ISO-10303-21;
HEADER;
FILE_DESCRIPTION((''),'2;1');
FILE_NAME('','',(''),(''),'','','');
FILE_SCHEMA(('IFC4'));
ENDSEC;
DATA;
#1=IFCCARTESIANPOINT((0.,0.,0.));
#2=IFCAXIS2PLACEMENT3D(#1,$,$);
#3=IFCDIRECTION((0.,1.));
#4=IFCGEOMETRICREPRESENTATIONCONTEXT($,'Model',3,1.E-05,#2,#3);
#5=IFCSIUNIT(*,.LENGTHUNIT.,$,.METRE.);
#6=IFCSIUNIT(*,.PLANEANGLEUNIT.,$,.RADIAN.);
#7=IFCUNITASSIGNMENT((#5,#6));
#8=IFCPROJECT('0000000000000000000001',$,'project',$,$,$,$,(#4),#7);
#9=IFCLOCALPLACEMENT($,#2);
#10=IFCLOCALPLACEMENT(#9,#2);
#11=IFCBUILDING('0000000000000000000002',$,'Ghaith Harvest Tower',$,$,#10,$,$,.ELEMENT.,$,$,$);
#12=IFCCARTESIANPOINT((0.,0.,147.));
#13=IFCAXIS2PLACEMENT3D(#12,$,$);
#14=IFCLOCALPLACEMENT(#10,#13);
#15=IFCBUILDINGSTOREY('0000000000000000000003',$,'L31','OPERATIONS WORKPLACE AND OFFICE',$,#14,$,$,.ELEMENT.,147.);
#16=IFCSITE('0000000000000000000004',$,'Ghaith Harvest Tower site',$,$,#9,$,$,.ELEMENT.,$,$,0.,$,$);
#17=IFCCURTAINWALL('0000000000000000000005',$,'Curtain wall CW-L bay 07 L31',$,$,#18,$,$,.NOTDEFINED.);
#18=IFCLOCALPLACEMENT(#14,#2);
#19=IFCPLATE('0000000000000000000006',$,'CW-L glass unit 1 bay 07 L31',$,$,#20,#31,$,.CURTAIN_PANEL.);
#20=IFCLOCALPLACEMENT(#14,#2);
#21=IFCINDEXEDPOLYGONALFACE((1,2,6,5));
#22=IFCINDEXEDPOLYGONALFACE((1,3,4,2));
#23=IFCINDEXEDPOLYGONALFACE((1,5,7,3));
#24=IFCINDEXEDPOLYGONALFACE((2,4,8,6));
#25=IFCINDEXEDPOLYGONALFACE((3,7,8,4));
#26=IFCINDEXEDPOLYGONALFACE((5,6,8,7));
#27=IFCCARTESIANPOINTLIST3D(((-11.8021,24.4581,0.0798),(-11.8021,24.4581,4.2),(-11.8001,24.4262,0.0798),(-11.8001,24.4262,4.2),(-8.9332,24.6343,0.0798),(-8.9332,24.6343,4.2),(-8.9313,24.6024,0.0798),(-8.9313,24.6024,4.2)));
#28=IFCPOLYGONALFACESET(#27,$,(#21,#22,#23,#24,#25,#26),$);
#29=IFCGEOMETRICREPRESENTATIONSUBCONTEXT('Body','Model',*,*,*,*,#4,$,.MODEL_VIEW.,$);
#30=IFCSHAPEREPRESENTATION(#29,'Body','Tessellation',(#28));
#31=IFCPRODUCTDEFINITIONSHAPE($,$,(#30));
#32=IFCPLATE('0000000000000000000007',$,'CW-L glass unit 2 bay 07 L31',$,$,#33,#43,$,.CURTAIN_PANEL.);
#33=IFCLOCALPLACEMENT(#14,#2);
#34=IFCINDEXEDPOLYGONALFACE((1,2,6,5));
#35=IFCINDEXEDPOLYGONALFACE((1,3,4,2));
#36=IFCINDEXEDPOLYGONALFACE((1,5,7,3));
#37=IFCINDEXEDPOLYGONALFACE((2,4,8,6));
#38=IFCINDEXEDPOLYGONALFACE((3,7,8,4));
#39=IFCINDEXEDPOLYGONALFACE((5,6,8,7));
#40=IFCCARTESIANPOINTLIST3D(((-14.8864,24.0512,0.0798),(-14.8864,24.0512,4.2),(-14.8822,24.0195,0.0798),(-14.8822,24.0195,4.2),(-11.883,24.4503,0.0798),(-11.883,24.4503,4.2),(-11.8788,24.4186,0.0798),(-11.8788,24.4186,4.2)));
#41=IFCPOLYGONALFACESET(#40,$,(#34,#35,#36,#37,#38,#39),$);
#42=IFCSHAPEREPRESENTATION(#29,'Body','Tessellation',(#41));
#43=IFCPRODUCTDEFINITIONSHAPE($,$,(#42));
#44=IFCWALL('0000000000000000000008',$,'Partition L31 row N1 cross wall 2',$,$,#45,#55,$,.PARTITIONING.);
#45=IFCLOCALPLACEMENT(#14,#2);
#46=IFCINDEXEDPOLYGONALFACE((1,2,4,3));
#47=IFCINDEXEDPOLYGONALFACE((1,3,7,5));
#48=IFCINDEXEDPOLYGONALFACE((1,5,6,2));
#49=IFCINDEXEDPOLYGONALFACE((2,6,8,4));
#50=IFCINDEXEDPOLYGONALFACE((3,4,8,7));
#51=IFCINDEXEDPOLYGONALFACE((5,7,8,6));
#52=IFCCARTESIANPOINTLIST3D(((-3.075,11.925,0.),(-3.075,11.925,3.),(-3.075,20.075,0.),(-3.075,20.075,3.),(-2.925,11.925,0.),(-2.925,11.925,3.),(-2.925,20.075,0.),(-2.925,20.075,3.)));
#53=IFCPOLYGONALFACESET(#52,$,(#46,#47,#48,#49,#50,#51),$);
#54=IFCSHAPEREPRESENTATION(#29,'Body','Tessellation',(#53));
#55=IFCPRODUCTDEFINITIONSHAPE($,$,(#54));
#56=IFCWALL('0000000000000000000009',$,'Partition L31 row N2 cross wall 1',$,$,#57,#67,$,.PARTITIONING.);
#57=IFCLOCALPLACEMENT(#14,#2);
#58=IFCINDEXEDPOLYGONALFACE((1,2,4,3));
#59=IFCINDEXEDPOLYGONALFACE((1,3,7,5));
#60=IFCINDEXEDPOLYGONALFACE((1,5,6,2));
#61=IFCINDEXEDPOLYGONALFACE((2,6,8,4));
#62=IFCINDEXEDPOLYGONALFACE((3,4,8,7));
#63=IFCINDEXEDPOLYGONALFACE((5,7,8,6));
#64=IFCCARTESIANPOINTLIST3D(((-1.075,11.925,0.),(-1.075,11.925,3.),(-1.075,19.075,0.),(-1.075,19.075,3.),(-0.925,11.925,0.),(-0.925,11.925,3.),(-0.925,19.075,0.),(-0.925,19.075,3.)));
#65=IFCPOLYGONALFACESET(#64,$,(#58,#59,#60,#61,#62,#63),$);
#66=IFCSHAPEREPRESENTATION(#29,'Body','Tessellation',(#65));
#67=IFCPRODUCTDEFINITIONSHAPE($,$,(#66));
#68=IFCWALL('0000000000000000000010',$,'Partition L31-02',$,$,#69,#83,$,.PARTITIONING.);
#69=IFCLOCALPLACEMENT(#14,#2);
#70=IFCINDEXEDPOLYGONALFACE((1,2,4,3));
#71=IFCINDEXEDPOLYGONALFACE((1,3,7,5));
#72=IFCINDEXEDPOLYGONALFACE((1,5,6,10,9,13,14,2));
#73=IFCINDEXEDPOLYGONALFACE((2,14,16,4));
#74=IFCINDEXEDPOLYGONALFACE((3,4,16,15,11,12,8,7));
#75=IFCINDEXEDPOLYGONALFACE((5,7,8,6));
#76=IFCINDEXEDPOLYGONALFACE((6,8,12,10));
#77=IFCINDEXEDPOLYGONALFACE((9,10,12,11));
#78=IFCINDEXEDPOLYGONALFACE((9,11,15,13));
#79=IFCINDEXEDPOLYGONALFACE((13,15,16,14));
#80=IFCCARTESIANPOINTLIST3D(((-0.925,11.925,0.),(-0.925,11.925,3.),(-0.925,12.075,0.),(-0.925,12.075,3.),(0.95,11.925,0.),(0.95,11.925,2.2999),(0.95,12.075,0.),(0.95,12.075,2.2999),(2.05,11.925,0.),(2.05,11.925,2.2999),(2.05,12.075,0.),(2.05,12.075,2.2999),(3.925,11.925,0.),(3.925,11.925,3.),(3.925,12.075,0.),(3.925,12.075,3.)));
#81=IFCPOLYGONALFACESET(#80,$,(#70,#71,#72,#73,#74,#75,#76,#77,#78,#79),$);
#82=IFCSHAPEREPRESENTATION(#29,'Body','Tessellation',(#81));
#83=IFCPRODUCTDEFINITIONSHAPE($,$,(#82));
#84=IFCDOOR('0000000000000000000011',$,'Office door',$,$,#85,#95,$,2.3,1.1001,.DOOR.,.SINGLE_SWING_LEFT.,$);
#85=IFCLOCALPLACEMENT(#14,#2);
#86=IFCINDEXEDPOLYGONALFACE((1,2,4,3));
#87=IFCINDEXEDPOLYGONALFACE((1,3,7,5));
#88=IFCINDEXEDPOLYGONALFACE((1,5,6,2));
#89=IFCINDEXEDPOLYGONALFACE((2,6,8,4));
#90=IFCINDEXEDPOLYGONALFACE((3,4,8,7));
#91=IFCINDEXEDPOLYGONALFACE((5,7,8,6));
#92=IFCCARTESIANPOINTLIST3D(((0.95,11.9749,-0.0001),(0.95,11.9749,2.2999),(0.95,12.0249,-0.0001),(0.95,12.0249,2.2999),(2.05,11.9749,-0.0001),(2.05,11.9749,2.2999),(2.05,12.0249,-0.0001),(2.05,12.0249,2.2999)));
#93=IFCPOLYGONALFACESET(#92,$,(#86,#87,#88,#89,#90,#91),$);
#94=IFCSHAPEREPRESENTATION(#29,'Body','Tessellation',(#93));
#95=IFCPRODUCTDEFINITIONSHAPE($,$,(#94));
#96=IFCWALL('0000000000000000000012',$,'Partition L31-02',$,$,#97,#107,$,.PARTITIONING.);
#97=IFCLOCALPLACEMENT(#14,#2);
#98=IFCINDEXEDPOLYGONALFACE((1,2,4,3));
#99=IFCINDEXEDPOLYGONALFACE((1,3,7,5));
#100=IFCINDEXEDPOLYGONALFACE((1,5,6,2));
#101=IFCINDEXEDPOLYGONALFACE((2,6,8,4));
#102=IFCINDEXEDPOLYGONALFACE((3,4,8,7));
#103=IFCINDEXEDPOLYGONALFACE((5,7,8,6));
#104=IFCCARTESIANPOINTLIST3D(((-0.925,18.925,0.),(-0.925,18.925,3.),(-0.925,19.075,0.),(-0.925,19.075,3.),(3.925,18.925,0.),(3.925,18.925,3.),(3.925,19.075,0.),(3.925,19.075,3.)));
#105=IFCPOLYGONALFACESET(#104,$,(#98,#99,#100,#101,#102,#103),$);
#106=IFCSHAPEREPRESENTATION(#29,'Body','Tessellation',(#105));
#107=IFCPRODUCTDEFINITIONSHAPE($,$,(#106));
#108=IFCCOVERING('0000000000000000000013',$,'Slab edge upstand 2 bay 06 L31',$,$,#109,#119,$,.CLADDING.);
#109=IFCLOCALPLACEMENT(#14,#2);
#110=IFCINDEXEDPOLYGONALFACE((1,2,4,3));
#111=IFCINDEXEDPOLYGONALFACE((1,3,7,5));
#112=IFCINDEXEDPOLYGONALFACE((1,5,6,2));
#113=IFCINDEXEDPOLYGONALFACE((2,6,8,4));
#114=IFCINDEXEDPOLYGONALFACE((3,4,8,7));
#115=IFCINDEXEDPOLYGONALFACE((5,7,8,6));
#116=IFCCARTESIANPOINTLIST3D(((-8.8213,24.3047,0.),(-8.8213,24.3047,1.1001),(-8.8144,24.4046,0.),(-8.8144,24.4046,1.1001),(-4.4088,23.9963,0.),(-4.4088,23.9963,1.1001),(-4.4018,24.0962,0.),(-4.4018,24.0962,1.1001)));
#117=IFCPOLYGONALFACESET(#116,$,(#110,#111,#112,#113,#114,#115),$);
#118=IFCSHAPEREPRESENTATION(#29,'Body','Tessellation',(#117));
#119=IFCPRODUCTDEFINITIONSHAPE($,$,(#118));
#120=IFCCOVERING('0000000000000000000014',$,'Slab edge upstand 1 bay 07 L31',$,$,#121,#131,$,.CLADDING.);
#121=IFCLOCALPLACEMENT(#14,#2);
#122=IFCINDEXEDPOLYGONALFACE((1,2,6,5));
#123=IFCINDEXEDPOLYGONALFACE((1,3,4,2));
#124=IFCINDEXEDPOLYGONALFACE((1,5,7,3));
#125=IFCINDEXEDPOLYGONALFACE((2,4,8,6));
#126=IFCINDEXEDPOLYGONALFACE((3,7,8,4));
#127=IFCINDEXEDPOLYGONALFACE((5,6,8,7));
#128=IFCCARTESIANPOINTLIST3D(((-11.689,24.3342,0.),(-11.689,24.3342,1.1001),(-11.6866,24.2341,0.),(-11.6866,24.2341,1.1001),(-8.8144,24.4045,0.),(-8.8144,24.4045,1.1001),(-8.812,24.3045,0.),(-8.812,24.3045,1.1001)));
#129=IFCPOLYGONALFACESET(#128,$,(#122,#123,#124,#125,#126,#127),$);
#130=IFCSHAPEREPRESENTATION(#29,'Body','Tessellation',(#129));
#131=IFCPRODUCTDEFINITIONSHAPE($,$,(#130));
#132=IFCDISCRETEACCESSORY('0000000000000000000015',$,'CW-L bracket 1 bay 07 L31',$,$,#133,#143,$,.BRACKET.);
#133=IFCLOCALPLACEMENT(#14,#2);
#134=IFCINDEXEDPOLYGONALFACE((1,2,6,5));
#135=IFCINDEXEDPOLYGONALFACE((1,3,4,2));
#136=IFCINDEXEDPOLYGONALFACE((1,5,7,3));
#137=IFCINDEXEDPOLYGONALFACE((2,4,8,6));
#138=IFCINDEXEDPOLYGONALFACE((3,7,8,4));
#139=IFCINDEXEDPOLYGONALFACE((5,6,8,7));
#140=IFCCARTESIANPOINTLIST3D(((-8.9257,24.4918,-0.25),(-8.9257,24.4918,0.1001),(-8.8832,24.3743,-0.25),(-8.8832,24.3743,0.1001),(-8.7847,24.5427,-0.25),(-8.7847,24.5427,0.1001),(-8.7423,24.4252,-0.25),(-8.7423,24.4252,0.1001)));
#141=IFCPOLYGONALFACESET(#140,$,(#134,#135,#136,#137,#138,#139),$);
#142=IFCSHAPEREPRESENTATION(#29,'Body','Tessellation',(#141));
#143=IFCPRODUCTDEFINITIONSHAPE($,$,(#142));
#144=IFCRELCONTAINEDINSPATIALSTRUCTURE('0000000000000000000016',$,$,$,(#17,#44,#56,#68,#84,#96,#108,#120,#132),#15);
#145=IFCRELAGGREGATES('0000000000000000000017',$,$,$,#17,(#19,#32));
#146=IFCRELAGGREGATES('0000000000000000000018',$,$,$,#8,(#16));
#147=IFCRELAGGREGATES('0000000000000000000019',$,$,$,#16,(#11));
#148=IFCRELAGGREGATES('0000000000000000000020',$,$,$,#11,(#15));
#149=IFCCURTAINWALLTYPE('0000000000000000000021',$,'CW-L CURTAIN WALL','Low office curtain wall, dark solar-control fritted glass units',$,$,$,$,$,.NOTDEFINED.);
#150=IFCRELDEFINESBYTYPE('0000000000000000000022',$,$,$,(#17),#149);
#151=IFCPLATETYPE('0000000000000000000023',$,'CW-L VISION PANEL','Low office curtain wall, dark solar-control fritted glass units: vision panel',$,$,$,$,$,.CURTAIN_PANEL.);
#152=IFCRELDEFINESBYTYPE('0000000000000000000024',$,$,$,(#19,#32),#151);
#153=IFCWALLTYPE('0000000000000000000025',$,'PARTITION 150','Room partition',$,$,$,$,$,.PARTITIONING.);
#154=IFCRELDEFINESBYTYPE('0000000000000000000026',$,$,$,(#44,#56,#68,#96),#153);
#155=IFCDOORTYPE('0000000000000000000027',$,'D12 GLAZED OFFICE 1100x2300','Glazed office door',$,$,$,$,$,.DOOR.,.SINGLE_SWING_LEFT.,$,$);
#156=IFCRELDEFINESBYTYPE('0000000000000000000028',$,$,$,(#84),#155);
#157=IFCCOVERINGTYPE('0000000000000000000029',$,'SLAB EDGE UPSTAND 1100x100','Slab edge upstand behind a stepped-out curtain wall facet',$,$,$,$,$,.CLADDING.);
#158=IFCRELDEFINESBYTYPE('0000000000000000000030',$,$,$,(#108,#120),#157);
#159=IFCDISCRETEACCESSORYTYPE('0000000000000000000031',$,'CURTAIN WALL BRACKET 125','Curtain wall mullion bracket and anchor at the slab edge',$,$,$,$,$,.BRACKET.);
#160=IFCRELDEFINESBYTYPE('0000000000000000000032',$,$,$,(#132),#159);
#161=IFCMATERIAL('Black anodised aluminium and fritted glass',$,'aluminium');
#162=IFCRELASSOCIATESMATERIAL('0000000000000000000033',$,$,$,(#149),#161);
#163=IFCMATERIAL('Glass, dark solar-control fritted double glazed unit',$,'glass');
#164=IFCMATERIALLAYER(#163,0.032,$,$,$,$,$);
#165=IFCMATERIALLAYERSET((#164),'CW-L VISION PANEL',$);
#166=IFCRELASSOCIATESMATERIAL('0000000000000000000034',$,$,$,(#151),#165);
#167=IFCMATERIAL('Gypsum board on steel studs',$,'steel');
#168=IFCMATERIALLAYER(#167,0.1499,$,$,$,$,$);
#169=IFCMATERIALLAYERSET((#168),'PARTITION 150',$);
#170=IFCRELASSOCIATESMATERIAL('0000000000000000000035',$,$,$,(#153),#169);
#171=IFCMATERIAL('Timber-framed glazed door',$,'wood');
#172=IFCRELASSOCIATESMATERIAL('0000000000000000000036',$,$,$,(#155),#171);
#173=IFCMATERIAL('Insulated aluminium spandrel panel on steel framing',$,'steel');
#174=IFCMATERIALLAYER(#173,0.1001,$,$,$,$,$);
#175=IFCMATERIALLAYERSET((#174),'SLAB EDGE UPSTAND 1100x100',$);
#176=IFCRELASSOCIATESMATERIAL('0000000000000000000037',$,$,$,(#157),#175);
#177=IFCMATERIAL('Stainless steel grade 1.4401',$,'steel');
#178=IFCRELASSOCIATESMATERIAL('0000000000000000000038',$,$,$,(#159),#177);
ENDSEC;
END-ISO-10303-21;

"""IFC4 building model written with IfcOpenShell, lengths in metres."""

from ifc_helpers import new_model, si_unit, direction, frame, frame_2d, origin, origin_2d, place, context, subcontext, project, spatial, rectangle, extrude, material, layer, layer_set, type_object, element, fill, aggregate, save


model = new_model("IFC4")

# Units and contexts
model_context = context("Model", 3, precision=1e-05, world=origin(), true_north=direction((0.0, 1.0)))
body_context = subcontext(model_context, "Body", "Model", "MODEL_VIEW")
ifc_project = project(units=[si_unit("LENGTHUNIT", "METRE"), si_unit("PLANEANGLEUNIT", "RADIAN")], contexts=[model_context])

# Site, building, storey
site_placement = place(None, origin())
site = spatial("IfcSite", under=ifc_project, at=site_placement, Name="Ghaith Harvest Tower site", CompositionType="ELEMENT", RefElevation=0.0)
building_placement = place(site_placement, origin())
building = spatial("IfcBuilding", under=site, at=building_placement, Name="Ghaith Harvest Tower", CompositionType="ELEMENT")
storey_placement = place(building_placement, frame((0.0, 0.0, 147.0)))
storey = spatial("IfcBuildingStorey", under=building, at=storey_placement, Name="L31", Description="OPERATIONS WORKPLACE AND OFFICE", CompositionType="ELEMENT", Elevation=147.0)

# Curtain wall
ifc_material_1 = material(Name="Black anodised aluminium and fritted glass", Category="aluminium")
curtain_wall_type = type_object("IfcCurtainWallType", Name="CW-L CURTAIN WALL", Description="Low office curtain wall, dark solar-control fritted glass units", PredefinedType="NOTDEFINED", material=ifc_material_1)
curtain_wall_1_placement = place(storey_placement, origin())
curtain_wall_1 = element("IfcCurtainWall", 1, at=curtain_wall_1_placement, inside=storey, type_object=curtain_wall_type, Name="Curtain wall CW-L bay 07 L31", PredefinedType="NOTDEFINED")

# Plates
ifc_material_2 = material(Name="Glass, dark solar-control fritted double glazed unit", Category="glass")
ifc_layer_1 = layer(ifc_material_2, 0.032)
ifc_layer_set_1 = layer_set([ifc_layer_1], Name="CW-L VISION PANEL")
plate_type = type_object("IfcPlateType", Name="CW-L VISION PANEL", Description="Low office curtain wall, dark solar-control fritted glass units: vision panel", PredefinedType="CURTAIN_PANEL", material=ifc_layer_set_1)
plate_1_placement = place(storey_placement, frame((-10.3667, 24.5303, 0.0798), z_axis=(0.0, 0.0, 1.0), x_axis=(-0.998119, -0.061303, 0.0)))
plate_1 = element("IfcPlate", 2, at=plate_1_placement, type_object=plate_type, Name="CW-L glass unit 1 bay 07 L31", PredefinedType="CURTAIN_PANEL", context=body_context, shape_type="SweptSolid", body=[
    extrude(rectangle(XDim=2.8743, YDim=0.032, at=origin_2d()), origin(), (0.0, 0.0, 1.0), 4.1201),
])
plate_2_placement = place(storey_placement, frame((-13.3826, 24.2349, 0.0798), z_axis=(0.0, 0.0, 1.0), x_axis=(-0.991286, -0.131728, 0.0)))
plate_2 = element("IfcPlate", 3, at=plate_2_placement, type_object=plate_type, Name="CW-L glass unit 2 bay 07 L31", PredefinedType="CURTAIN_PANEL", context=body_context, shape_type="SweptSolid", body=[
    extrude(rectangle(XDim=3.0298, YDim=0.032, at=origin_2d()), origin(), (0.0, 0.0, 1.0), 4.1201),
])
aggregate(curtain_wall_1, [plate_1, plate_2])

# Walls
ifc_material_3 = material(Name="Gypsum board on steel studs", Category="steel")
ifc_layer_2 = layer(ifc_material_3, 0.1499)
ifc_layer_set_2 = layer_set([ifc_layer_2], Name="PARTITION 150")
wall_type = type_object("IfcWallType", Name="PARTITION 150", Description="Room partition", PredefinedType="PARTITIONING", material=ifc_layer_set_2)
wall_1_placement = place(storey_placement, frame((-3.0, 11.925, 0.0), z_axis=(0.0, 0.0, 1.0), x_axis=(0.0, 1.0, 0.0)))
element("IfcWall", 4, at=wall_1_placement, inside=storey, type_object=wall_type, Name="Partition L31 row N1 cross wall 2", PredefinedType="PARTITIONING", context=body_context, shape_type="SweptSolid", body=[
    extrude(rectangle(XDim=8.1499, YDim=0.1499, at=frame_2d((4.075, 0.0))), origin(), (0.0, 0.0, 1.0), 3.0),
])
wall_2_placement = place(storey_placement, frame((-1.0, 11.925, 0.0), z_axis=(0.0, 0.0, 1.0), x_axis=(0.0, 1.0, 0.0)))
element("IfcWall", 5, at=wall_2_placement, inside=storey, type_object=wall_type, Name="Partition L31 row N2 cross wall 1", PredefinedType="PARTITIONING", context=body_context, shape_type="SweptSolid", body=[
    extrude(rectangle(XDim=7.1499, YDim=0.1499, at=frame_2d((3.575, 0.0))), origin(), (0.0, 0.0, 1.0), 3.0),
])

# Wall, opening, door
wall_3_placement = place(storey_placement, frame((-0.925, 12.0, 0.0), z_axis=(0.0, 0.0, 1.0), x_axis=(1.0, 0.0, 0.0)))
wall_3 = element("IfcWall", 6, at=wall_3_placement, inside=storey, type_object=wall_type, Name="Partition L31-02", PredefinedType="PARTITIONING", context=body_context, shape_type="SweptSolid", body=[
    extrude(rectangle(XDim=4.8501, YDim=0.1499, at=frame_2d((2.425, 0.0))), origin(), (0.0, 0.0, 1.0), 3.0),
])
opening_placement = place(wall_3_placement, frame((1.875, 0.0, 0.0)))
opening = element("IfcOpeningElement", 7, at=opening_placement, cuts=wall_3, PredefinedType="OPENING", context=body_context, shape_type="SweptSolid", body=[
    extrude(rectangle(XDim=1.1001, YDim=2.3, at=frame_2d((0.55, 1.1499))), frame((0.0, 0.085, 0.0), z_axis=(0.0, -1.0, 0.0), x_axis=(1.0, 0.0, 0.0)), (0.0, 0.0, 1.0), 0.1699),
])
ifc_material_4 = material(Name="Timber-framed glazed door", Category="wood")
door_type = type_object("IfcDoorType", Name="D12 GLAZED OFFICE 1100x2300", Description="Glazed office door", OperationType="SINGLE_SWING_LEFT", PredefinedType="DOOR", material=ifc_material_4)
door_placement = place(opening_placement, origin())
door = element("IfcDoor", 8, at=door_placement, inside=storey, type_object=door_type, Name="Office door", OperationType="SINGLE_SWING_LEFT", OverallHeight=2.3, OverallWidth=1.1001, PredefinedType="DOOR", context=body_context, shape_type="SweptSolid", body=[
    extrude(rectangle(XDim=1.1001, YDim=2.3, at=frame_2d((0.55, 1.1499))), frame((0.0, 0.0249, 0.0), z_axis=(0.0, -1.0, 0.0), x_axis=(1.0, 0.0, 0.0)), (0.0, 0.0, 1.0), 0.05),
])
fill(opening, door)

# Wall
wall_4_placement = place(storey_placement, frame((-0.925, 19.0, 0.0), z_axis=(0.0, 0.0, 1.0), x_axis=(1.0, 0.0, 0.0)))
element("IfcWall", 9, at=wall_4_placement, inside=storey, type_object=wall_type, Name="Partition L31-02", PredefinedType="PARTITIONING", context=body_context, shape_type="SweptSolid", body=[
    extrude(rectangle(XDim=4.8501, YDim=0.1499, at=frame_2d((2.425, 0.0))), origin(), (0.0, 0.0, 1.0), 3.0),
])

# Coverings
ifc_material_5 = material(Name="Insulated aluminium spandrel panel on steel framing", Category="steel")
ifc_layer_3 = layer(ifc_material_5, 0.1001)
ifc_layer_set_3 = layer_set([ifc_layer_3], Name="SLAB EDGE UPSTAND 1100x100")
covering_type = type_object("IfcCoveringType", Name="SLAB EDGE UPSTAND 1100x100", Description="Slab edge upstand behind a stepped-out curtain wall facet", PredefinedType="CLADDING", material=ifc_layer_set_3)
covering_1_placement = place(storey_placement, frame((-6.6116, 24.2004, 0.0), z_axis=(0.0, 0.0, 1.0), x_axis=(-0.997566, 0.069726, 0.0)))
element("IfcCovering", 10, at=covering_1_placement, inside=storey, type_object=covering_type, Name="Slab edge upstand 2 bay 06 L31", PredefinedType="CLADDING", context=body_context, shape_type="SweptSolid", body=[
    extrude(rectangle(XDim=4.4233, YDim=0.1001, at=origin_2d()), origin(), (0.0, 0.0, 1.0), 1.1001),
])
covering_2_placement = place(storey_placement, frame((-10.2505, 24.3193, 0.0), z_axis=(0.0, 0.0, 1.0), x_axis=(-0.999701, -0.024458, 0.0)))
element("IfcCovering", 11, at=covering_2_placement, inside=storey, type_object=covering_type, Name="Slab edge upstand 1 bay 07 L31", PredefinedType="CLADDING", context=body_context, shape_type="SweptSolid", body=[
    extrude(rectangle(XDim=2.8755, YDim=0.1001, at=origin_2d()), origin(), (0.0, 0.0, 1.0), 1.1001),
])

# Discrete accessory
ifc_material_6 = material(Name="Stainless steel grade 1.4401", Category="steel")
discrete_accessory_type = type_object("IfcDiscreteAccessoryType", Name="CURTAIN WALL BRACKET 125", Description="Curtain wall mullion bracket and anchor at the slab edge", PredefinedType="BRACKET", material=ifc_material_6)
discrete_accessory_placement = place(storey_placement, frame((-8.834, 24.4585, -0.25), z_axis=(0.0, 0.0, 1.0), x_axis=(-0.339699, 0.940534, 0.0)))
element("IfcDiscreteAccessory", 12, at=discrete_accessory_placement, inside=storey, type_object=discrete_accessory_type, Name="CW-L bracket 1 bay 07 L31", PredefinedType="BRACKET", context=body_context, shape_type="SweptSolid", body=[
    extrude(rectangle(XDim=0.125, YDim=0.1499, at=origin_2d()), origin(), (0.0, 0.0, 1.0), 0.3501),
])

save(model, "model.ifc")
